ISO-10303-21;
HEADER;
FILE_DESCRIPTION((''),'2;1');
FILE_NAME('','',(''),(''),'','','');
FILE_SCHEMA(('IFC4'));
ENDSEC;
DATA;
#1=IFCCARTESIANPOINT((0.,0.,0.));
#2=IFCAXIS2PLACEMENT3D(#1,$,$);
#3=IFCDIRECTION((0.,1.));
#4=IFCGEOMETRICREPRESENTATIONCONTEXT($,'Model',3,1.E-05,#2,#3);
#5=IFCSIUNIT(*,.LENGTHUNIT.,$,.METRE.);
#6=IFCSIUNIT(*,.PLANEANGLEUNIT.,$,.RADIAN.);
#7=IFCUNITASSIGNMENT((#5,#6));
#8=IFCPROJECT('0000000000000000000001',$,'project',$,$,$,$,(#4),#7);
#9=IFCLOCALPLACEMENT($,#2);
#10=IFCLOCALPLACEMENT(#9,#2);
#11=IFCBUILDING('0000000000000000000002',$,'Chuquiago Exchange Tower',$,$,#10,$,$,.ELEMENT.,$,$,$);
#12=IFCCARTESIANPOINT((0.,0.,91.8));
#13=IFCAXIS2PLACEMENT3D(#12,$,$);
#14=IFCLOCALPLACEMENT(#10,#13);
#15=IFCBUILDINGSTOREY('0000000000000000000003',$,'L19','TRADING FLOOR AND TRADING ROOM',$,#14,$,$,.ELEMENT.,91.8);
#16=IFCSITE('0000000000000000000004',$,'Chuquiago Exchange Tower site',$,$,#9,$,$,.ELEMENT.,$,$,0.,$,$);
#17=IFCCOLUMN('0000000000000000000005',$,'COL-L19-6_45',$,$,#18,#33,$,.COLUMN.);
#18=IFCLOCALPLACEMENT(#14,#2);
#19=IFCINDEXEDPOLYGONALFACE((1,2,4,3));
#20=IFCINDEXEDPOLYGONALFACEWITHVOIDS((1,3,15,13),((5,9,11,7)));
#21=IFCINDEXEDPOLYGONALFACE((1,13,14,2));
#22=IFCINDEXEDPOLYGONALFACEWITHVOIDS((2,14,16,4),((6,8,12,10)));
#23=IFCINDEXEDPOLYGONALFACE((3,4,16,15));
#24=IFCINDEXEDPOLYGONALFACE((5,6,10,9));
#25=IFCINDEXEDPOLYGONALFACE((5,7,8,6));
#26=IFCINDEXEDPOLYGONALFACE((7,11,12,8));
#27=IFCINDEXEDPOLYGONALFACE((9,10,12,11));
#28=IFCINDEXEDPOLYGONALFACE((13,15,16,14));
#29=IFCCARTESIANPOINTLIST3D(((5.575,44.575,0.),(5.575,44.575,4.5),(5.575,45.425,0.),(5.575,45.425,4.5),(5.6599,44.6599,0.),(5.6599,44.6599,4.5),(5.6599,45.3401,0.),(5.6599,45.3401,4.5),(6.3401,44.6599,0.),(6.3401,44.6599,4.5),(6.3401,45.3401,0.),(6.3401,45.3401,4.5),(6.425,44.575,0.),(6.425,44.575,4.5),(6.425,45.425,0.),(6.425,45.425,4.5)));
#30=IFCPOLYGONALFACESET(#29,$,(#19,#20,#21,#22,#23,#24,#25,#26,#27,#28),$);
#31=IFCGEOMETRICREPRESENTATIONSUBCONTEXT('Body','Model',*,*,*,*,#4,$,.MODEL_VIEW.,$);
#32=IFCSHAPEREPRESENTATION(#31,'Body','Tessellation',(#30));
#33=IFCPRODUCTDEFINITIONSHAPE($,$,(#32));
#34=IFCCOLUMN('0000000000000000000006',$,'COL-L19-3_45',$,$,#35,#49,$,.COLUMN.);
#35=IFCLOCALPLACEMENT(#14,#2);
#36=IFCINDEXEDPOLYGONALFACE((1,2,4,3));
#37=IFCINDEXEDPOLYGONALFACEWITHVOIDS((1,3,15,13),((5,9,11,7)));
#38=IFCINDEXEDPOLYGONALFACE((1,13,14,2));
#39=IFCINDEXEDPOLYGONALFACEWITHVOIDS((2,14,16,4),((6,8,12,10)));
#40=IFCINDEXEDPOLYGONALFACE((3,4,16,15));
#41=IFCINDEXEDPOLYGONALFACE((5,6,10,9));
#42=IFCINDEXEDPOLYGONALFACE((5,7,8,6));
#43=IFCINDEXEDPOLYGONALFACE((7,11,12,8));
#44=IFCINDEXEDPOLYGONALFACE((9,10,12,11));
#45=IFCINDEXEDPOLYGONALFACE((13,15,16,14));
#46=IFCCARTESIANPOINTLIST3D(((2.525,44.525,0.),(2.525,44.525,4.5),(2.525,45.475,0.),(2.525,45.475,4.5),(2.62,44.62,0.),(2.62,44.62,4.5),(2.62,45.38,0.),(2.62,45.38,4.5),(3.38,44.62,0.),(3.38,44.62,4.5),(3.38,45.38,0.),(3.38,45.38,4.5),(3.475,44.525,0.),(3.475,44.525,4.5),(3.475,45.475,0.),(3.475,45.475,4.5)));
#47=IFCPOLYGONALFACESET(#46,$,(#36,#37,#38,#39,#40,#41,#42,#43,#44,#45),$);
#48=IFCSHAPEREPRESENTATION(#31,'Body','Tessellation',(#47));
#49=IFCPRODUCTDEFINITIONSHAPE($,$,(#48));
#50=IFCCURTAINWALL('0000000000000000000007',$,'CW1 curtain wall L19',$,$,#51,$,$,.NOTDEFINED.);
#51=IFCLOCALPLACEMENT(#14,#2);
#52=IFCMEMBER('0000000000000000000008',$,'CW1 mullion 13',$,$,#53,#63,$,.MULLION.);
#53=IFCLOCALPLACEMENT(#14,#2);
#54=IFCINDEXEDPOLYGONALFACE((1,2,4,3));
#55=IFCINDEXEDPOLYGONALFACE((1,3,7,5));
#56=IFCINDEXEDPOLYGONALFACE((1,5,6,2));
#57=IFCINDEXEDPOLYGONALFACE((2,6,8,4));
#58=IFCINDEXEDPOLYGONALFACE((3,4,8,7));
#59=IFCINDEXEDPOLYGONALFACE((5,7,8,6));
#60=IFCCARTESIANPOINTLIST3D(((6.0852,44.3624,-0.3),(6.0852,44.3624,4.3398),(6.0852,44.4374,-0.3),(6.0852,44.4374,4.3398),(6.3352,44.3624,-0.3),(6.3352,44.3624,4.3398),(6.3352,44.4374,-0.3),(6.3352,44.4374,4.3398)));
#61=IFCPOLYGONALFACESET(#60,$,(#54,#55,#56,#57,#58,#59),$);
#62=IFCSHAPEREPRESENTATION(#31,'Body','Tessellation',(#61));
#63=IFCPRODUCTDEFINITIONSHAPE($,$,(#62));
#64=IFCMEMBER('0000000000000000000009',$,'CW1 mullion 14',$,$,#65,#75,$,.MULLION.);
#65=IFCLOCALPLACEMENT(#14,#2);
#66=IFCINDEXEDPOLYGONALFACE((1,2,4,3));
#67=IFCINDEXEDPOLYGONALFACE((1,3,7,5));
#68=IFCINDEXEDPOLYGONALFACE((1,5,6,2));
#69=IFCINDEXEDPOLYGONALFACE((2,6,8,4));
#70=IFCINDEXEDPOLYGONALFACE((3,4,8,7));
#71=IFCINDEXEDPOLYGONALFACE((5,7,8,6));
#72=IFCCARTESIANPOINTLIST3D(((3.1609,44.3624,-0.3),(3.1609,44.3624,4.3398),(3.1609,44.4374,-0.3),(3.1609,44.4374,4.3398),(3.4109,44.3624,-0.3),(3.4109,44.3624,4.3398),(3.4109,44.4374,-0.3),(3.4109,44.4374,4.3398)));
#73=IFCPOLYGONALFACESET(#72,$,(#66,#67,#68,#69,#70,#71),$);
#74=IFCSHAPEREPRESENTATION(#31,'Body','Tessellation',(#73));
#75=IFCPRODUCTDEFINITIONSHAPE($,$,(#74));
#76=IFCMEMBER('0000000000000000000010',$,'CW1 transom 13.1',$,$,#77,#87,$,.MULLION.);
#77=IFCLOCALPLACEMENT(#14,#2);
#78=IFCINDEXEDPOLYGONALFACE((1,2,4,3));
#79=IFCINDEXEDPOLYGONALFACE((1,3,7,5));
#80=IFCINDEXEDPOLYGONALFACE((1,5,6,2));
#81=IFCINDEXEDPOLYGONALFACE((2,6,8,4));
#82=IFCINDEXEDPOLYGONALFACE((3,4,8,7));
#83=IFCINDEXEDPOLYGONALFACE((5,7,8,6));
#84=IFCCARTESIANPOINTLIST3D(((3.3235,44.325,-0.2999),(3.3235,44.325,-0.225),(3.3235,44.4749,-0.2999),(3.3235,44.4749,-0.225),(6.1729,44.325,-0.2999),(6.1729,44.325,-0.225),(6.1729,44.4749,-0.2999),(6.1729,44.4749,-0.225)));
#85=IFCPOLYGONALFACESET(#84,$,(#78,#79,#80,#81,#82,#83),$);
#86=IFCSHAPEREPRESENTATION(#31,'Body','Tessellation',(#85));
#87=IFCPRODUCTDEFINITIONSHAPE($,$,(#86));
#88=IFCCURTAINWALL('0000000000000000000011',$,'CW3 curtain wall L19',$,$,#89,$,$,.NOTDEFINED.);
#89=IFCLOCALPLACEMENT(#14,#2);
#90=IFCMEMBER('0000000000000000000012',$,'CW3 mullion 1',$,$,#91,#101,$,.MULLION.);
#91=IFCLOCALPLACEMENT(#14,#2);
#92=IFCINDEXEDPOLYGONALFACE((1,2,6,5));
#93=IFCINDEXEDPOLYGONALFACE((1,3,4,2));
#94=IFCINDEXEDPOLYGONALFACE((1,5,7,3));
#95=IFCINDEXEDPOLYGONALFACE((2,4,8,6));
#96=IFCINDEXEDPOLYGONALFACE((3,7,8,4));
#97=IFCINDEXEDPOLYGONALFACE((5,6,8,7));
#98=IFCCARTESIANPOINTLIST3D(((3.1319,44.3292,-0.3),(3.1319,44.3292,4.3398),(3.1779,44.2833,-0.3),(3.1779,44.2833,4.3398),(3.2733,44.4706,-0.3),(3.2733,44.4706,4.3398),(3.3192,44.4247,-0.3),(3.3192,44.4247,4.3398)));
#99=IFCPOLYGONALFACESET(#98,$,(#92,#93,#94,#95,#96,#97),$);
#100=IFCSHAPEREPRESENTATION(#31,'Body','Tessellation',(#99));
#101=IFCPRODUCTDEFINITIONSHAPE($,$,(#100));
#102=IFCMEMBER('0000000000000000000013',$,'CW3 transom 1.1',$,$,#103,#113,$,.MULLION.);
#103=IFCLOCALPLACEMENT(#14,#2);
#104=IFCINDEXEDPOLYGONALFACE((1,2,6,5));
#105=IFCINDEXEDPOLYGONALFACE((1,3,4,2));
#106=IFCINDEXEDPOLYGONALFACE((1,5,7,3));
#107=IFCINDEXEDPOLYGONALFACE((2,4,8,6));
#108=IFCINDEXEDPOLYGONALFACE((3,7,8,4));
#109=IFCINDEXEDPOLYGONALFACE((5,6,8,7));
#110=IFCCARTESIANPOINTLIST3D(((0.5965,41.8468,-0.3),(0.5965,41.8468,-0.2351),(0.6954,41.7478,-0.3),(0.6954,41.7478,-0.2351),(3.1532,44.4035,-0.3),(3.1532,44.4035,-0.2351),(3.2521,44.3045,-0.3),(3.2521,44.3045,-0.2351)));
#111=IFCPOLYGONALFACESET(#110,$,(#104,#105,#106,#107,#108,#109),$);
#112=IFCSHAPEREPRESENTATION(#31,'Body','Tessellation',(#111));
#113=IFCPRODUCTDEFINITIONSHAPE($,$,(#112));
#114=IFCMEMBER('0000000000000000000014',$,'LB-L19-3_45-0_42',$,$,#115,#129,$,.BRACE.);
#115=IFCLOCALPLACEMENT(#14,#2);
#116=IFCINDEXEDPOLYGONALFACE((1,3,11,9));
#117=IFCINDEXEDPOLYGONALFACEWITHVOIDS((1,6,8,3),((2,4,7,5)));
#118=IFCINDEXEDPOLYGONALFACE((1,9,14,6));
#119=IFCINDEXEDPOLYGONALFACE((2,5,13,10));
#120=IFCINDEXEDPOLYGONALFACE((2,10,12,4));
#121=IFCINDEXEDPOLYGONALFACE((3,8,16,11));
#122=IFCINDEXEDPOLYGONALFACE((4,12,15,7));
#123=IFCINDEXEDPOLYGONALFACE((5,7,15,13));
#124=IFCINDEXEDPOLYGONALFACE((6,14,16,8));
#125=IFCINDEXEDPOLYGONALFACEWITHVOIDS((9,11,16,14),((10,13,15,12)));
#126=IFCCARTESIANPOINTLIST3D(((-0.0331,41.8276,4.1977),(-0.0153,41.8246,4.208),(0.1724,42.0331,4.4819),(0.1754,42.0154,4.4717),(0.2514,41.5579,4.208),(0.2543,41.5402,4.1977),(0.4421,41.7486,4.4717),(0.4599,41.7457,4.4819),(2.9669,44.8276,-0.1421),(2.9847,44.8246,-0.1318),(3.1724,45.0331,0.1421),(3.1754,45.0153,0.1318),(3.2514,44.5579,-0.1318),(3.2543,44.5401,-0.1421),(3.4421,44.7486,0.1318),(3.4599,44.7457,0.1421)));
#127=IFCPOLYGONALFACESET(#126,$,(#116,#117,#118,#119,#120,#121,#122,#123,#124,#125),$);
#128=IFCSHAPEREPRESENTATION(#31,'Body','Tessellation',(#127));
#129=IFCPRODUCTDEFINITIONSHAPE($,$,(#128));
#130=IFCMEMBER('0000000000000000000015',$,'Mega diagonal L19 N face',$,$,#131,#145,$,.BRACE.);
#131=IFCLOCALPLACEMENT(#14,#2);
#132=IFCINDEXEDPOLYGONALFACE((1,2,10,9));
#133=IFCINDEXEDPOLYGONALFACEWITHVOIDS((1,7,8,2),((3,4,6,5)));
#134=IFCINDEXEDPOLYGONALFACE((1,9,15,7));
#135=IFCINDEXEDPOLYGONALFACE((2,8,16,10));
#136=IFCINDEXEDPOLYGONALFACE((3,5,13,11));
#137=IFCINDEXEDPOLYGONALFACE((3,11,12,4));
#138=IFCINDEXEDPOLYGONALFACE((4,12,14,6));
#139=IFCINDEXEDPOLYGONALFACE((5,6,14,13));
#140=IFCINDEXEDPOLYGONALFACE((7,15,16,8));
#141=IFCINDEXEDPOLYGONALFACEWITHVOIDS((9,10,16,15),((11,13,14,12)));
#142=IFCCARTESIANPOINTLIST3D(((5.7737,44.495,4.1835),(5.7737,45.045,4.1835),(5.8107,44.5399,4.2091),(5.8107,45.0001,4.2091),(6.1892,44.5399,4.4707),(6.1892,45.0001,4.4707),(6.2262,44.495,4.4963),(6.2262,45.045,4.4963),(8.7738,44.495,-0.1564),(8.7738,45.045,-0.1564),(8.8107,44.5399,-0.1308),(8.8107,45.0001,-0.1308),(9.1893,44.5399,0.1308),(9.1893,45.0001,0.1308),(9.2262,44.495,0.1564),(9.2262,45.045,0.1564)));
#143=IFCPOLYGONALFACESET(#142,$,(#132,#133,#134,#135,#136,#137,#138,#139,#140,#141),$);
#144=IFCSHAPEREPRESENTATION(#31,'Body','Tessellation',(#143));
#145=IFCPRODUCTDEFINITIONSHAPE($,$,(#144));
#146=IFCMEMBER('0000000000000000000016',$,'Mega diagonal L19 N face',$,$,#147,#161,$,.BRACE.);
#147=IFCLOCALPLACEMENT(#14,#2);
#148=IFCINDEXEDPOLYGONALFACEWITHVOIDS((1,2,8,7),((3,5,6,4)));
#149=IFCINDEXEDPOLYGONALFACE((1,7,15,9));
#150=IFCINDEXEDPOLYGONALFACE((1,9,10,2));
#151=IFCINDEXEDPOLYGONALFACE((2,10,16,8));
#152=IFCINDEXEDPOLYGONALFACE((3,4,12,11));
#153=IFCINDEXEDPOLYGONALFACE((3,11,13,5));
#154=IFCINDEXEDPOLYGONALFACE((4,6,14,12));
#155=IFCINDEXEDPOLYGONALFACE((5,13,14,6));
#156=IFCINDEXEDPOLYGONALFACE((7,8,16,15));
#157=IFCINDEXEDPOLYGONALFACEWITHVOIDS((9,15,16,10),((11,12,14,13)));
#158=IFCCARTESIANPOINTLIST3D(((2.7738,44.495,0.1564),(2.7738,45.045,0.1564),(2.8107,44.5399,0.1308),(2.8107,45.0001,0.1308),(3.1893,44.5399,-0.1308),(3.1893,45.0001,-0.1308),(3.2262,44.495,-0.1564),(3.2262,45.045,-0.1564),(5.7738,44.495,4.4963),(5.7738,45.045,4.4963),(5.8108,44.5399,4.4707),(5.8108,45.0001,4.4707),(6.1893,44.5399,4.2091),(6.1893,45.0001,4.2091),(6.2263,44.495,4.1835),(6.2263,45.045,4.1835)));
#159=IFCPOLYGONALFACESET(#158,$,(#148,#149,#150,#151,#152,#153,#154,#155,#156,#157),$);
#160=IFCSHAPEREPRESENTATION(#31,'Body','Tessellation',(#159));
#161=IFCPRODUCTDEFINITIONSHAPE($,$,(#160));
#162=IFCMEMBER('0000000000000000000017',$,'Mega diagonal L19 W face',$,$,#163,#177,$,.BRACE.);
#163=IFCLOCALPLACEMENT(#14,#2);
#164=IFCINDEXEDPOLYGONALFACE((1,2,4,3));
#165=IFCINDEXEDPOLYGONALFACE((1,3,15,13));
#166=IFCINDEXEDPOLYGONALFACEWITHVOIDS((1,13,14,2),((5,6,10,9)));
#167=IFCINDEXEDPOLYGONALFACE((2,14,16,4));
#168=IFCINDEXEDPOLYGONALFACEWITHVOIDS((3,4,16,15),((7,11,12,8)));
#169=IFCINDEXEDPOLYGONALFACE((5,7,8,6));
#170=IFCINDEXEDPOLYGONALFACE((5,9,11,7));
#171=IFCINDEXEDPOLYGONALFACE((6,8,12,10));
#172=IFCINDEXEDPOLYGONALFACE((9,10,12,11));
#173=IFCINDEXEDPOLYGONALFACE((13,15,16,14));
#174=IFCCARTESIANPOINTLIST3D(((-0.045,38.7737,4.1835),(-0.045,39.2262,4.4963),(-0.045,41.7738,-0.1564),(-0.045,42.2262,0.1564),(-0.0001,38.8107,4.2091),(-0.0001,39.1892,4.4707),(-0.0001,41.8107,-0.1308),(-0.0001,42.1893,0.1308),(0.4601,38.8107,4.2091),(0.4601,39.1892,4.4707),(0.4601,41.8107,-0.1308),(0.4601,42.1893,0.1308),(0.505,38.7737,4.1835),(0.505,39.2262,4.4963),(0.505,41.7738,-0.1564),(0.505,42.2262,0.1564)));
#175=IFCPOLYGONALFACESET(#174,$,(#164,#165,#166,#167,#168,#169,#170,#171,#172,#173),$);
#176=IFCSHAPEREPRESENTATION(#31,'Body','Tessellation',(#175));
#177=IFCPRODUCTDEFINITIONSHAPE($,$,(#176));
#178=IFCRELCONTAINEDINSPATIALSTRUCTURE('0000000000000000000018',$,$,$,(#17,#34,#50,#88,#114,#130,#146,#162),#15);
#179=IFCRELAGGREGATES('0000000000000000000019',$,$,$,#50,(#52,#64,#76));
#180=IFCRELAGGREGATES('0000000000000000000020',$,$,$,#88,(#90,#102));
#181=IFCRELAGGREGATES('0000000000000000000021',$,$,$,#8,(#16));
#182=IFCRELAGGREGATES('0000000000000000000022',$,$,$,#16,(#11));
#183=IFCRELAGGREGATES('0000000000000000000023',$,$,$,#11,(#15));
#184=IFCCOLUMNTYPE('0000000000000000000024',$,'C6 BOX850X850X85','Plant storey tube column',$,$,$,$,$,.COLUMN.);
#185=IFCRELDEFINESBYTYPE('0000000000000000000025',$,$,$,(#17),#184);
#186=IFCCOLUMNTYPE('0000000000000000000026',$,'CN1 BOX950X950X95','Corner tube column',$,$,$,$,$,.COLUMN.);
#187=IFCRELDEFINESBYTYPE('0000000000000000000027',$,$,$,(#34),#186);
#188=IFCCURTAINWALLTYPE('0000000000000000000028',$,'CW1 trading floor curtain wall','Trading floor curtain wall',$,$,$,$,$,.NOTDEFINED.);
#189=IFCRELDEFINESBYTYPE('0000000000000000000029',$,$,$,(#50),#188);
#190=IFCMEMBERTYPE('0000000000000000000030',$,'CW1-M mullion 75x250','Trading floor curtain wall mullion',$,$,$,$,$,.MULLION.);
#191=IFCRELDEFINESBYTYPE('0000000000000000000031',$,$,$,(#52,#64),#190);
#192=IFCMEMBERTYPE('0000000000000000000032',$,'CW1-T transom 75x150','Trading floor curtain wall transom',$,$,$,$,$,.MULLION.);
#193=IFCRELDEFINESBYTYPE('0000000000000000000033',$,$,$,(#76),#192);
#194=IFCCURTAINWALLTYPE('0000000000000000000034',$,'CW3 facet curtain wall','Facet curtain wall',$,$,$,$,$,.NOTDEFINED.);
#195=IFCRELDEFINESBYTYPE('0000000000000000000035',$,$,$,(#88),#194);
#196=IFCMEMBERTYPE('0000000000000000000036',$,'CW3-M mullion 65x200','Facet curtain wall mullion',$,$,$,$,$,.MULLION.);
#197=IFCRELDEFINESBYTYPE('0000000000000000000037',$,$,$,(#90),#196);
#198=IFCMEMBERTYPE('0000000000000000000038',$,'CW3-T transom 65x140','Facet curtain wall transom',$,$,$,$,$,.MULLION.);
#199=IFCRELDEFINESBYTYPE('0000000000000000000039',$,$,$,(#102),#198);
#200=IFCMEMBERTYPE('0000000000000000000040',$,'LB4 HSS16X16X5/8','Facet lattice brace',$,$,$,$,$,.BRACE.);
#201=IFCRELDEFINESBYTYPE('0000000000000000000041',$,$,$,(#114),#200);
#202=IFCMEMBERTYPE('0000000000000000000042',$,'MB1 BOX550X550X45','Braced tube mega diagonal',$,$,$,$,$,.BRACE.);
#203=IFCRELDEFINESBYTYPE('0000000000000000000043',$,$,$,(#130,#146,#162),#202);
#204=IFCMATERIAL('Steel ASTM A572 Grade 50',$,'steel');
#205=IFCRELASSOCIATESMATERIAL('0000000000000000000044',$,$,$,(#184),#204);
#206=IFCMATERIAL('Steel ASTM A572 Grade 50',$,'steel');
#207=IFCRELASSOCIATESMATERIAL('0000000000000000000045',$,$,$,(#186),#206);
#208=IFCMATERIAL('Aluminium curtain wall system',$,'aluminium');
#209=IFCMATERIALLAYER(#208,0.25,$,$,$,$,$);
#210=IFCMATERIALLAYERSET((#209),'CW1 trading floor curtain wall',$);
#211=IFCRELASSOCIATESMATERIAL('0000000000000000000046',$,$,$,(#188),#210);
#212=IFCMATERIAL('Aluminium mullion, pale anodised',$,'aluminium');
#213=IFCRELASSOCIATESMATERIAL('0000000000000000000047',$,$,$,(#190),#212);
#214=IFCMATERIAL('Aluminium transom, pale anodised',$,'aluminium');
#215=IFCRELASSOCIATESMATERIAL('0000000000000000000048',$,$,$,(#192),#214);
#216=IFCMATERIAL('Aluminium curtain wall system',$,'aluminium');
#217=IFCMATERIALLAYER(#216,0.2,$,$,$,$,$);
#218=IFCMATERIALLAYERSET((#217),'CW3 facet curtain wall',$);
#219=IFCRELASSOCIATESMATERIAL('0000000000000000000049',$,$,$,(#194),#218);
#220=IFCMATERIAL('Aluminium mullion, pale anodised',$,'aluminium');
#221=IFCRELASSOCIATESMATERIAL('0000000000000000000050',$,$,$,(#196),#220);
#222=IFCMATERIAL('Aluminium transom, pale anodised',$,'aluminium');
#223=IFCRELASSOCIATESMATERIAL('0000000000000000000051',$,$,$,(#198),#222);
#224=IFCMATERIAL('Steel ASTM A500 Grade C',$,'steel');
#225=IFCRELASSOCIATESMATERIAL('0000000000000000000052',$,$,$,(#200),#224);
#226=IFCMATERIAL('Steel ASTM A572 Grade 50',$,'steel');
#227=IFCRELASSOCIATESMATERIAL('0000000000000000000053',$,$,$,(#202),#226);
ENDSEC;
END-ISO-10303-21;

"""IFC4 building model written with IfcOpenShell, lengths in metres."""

from ifc_helpers import new_model, si_unit, direction, frame, origin, origin_2d, place, context, subcontext, project, spatial, rectangle, hollow_rectangle, extrude, material, layer, layer_set, material_profile, profile_set, type_object, element, aggregate, save


model = new_model("IFC4")

# Units and contexts
model_context = context("Model", 3, precision=1e-05, world=origin(), true_north=direction((0.0, 1.0)))
body_context = subcontext(model_context, "Body", "Model", "MODEL_VIEW")
ifc_project = project(units=[si_unit("LENGTHUNIT", "METRE"), si_unit("PLANEANGLEUNIT", "RADIAN")], contexts=[model_context])

# Site, building, storey
site_placement = place(None, origin())
site = spatial("IfcSite", under=ifc_project, at=site_placement, Name="Chuquiago Exchange Tower site", CompositionType="ELEMENT", RefElevation=0.0)
building_placement = place(site_placement, origin())
building = spatial("IfcBuilding", under=site, at=building_placement, Name="Chuquiago Exchange Tower", CompositionType="ELEMENT")
storey_placement = place(building_placement, frame((0.0, 0.0, 91.8)))
storey = spatial("IfcBuildingStorey", under=building, at=storey_placement, Name="L19", Description="TRADING FLOOR AND TRADING ROOM", CompositionType="ELEMENT", Elevation=91.8)

# Columns
ifc_material_1 = material(Name="Steel ASTM A572 Grade 50", Category="steel")
ifc_material_profile_1 = material_profile(ifc_material_1, hollow_rectangle(XDim=0.8501, YDim=0.8501, WallThickness=0.085, at=origin_2d()), Name="BOX850X850X85")
ifc_profile_set_1 = profile_set([ifc_material_profile_1], Name="Steel ASTM A572 Grade 50")
column_type_1 = type_object("IfcColumnType", Name="C6 BOX850X850X85", Description="Plant storey tube column", PredefinedType="COLUMN", material=ifc_profile_set_1)
column_1_placement = place(storey_placement, frame((6.0, 45.0, 0.0), z_axis=(0.0, 0.0, 1.0), x_axis=(0.0, 1.0, 0.0)))
element("IfcColumn", 1, at=column_1_placement, inside=storey, type_object=column_type_1, Name="COL-L19-6_45", PredefinedType="COLUMN", context=body_context, shape_type="SweptSolid", body=[
    extrude(hollow_rectangle(XDim=0.8501, YDim=0.8501, WallThickness=0.085, at=origin_2d()), origin(), (0.0, 0.0, 1.0), 4.5),
])
ifc_material_2 = material(Name="Steel ASTM A572 Grade 50", Category="steel")
ifc_material_profile_2 = material_profile(ifc_material_2, hollow_rectangle(XDim=0.95, YDim=0.95, WallThickness=0.095, at=origin_2d()), Name="BOX950X950X95")
ifc_profile_set_2 = profile_set([ifc_material_profile_2], Name="Steel ASTM A572 Grade 50")
column_type_2 = type_object("IfcColumnType", Name="CN1 BOX950X950X95", Description="Corner tube column", PredefinedType="COLUMN", material=ifc_profile_set_2)
column_2_placement = place(storey_placement, frame((3.0, 45.0, 0.0), z_axis=(0.0, 0.0, 1.0), x_axis=(0.0, 1.0, 0.0)))
element("IfcColumn", 2, at=column_2_placement, inside=storey, type_object=column_type_2, Name="COL-L19-3_45", PredefinedType="COLUMN", context=body_context, shape_type="SweptSolid", body=[
    extrude(hollow_rectangle(XDim=0.95, YDim=0.95, WallThickness=0.095, at=origin_2d()), origin(), (0.0, 0.0, 1.0), 4.5),
])

# Curtain walls, members
ifc_material_3 = material(Name="Aluminium curtain wall system", Category="aluminium")
ifc_layer_1 = layer(ifc_material_3, 0.25)
ifc_layer_set_1 = layer_set([ifc_layer_1], Name="CW1 trading floor curtain wall")
curtain_wall_type_1 = type_object("IfcCurtainWallType", Name="CW1 trading floor curtain wall", Description="Trading floor curtain wall", PredefinedType="NOTDEFINED", material=ifc_layer_set_1)
curtain_wall_1_placement = place(storey_placement, origin())
curtain_wall_1 = element("IfcCurtainWall", 3, at=curtain_wall_1_placement, inside=storey, type_object=curtain_wall_type_1, Name="CW1 curtain wall L19", PredefinedType="NOTDEFINED")
ifc_material_4 = material(Name="Aluminium mullion, pale anodised", Category="aluminium")
ifc_material_profile_3 = material_profile(ifc_material_4, rectangle(XDim=0.075, YDim=0.25, at=origin_2d()), Name="AL 75x250")
ifc_profile_set_3 = profile_set([ifc_material_profile_3], Name="Aluminium mullion, pale anodised")
member_type_1 = type_object("IfcMemberType", Name="CW1-M mullion 75x250", Description="Trading floor curtain wall mullion", PredefinedType="MULLION", material=ifc_profile_set_3)
member_1_placement = place(storey_placement, frame((6.2102, 44.3999, -0.3), z_axis=(0.0, 0.0, 1.0), x_axis=(0.0, -1.0, 0.0)))
member_1 = element("IfcMember", 4, at=member_1_placement, type_object=member_type_1, Name="CW1 mullion 13", PredefinedType="MULLION", context=body_context, shape_type="SweptSolid", body=[
    extrude(rectangle(XDim=0.075, YDim=0.25, at=origin_2d()), origin(), (0.0, 0.0, 1.0), 4.6399),
])
member_2_placement = place(storey_placement, frame((3.2859, 44.3999, -0.3), z_axis=(0.0, 0.0, 1.0), x_axis=(0.0, -1.0, 0.0)))
member_2 = element("IfcMember", 5, at=member_2_placement, type_object=member_type_1, Name="CW1 mullion 14", PredefinedType="MULLION", context=body_context, shape_type="SweptSolid", body=[
    extrude(rectangle(XDim=0.075, YDim=0.25, at=origin_2d()), origin(), (0.0, 0.0, 1.0), 4.6399),
])
ifc_material_5 = material(Name="Aluminium transom, pale anodised", Category="aluminium")
ifc_material_profile_4 = material_profile(ifc_material_5, rectangle(XDim=0.1499, YDim=0.075, at=origin_2d()), Name="AL 150x75")
ifc_profile_set_4 = profile_set([ifc_material_profile_4], Name="Aluminium transom, pale anodised")
member_type_2 = type_object("IfcMemberType", Name="CW1-T transom 75x150", Description="Trading floor curtain wall transom", PredefinedType="MULLION", material=ifc_profile_set_4)
member_3_placement = place(storey_placement, frame((6.1729, 44.3999, -0.2625), z_axis=(-1.0, 0.0, 0.0), x_axis=(0.0, -1.0, 0.0)))
member_3 = element("IfcMember", 6, at=member_3_placement, type_object=member_type_2, Name="CW1 transom 13.1", PredefinedType="MULLION", context=body_context, shape_type="SweptSolid", body=[
    extrude(rectangle(XDim=0.1499, YDim=0.075, at=origin_2d()), origin(), (0.0, 0.0, 1.0), 2.8494),
])
ifc_material_6 = material(Name="Aluminium curtain wall system", Category="aluminium")
ifc_layer_2 = layer(ifc_material_6, 0.2)
ifc_layer_set_2 = layer_set([ifc_layer_2], Name="CW3 facet curtain wall")
curtain_wall_type_2 = type_object("IfcCurtainWallType", Name="CW3 facet curtain wall", Description="Facet curtain wall", PredefinedType="NOTDEFINED", material=ifc_layer_set_2)
curtain_wall_2_placement = place(storey_placement, origin())
curtain_wall_2 = element("IfcCurtainWall", 7, at=curtain_wall_2_placement, inside=storey, type_object=curtain_wall_type_2, Name="CW3 curtain wall L19", PredefinedType="NOTDEFINED")
ifc_material_7 = material(Name="Aluminium mullion, pale anodised", Category="aluminium")
ifc_material_profile_5 = material_profile(ifc_material_7, rectangle(XDim=0.0649, YDim=0.2, at=origin_2d()), Name="AL 65x200")
ifc_profile_set_5 = profile_set([ifc_material_profile_5], Name="Aluminium mullion, pale anodised")
member_type_3 = type_object("IfcMemberType", Name="CW3-M mullion 65x200", Description="Facet curtain wall mullion", PredefinedType="MULLION", material=ifc_profile_set_5)
member_4_placement = place(storey_placement, frame((3.2256, 44.377, -0.3), z_axis=(0.0, 0.0, 1.0), x_axis=(0.707107, -0.707107, 0.0)))
member_4 = element("IfcMember", 8, at=member_4_placement, type_object=member_type_3, Name="CW3 mullion 1", PredefinedType="MULLION", context=body_context, shape_type="SweptSolid", body=[
    extrude(rectangle(XDim=0.0649, YDim=0.2, at=origin_2d()), origin(), (0.0, 0.0, 1.0), 4.6399),
])
ifc_material_8 = material(Name="Aluminium transom, pale anodised", Category="aluminium")
ifc_material_profile_6 = material_profile(ifc_material_8, rectangle(XDim=0.1399, YDim=0.0649, at=origin_2d()), Name="AL 140x65")
ifc_profile_set_6 = profile_set([ifc_material_profile_6], Name="Aluminium transom, pale anodised")
member_type_4 = type_object("IfcMemberType", Name="CW3-T transom 65x140", Description="Facet curtain wall transom", PredefinedType="MULLION", material=ifc_profile_set_6)
member_5_placement = place(storey_placement, frame((3.2026, 44.354, -0.2676), z_axis=(-0.707107, -0.707107, 0.0), x_axis=(0.707107, -0.707107, 0.0)))
member_5 = element("IfcMember", 9, at=member_5_placement, type_object=member_type_4, Name="CW3 transom 1.1", PredefinedType="MULLION", context=body_context, shape_type="SweptSolid", body=[
    extrude(rectangle(XDim=0.1399, YDim=0.0649, at=origin_2d()), origin(), (0.0, 0.0, 1.0), 3.6157),
])

# Members
ifc_material_9 = material(Name="Steel ASTM A500 Grade C", Category="steel")
ifc_material_profile_7 = material_profile(ifc_material_9, hollow_rectangle(XDim=0.4065, YDim=0.4065, WallThickness=0.0146, at=origin_2d()), Name="HSS16X16X5/8")
ifc_profile_set_7 = profile_set([ifc_material_profile_7], Name="Steel ASTM A500 Grade C")
member_type_5 = type_object("IfcMemberType", Name="LB4 HSS16X16X5/8", Description="Facet lattice brace", PredefinedType="BRACE", material=ifc_profile_set_7)
member_6_placement = place(storey_placement, frame((3.2134, 44.7866, 0.0), z_axis=(-0.494305, -0.494305, 0.715069), x_axis=(0.707107, -0.707107, 0.0)))
element("IfcMember", 10, at=member_6_placement, inside=storey, type_object=member_type_5, Name="LB-L19-3_45-0_42", PredefinedType="BRACE", context=body_context, shape_type="SweptSolid", body=[
    extrude(hollow_rectangle(XDim=0.4065, YDim=0.4065, WallThickness=0.0146, at=origin_2d()), origin(), (0.0, 0.0, 1.0), 6.0691),
])
ifc_material_10 = material(Name="Steel ASTM A572 Grade 50", Category="steel")
ifc_material_profile_8 = material_profile(ifc_material_10, hollow_rectangle(XDim=0.55, YDim=0.55, WallThickness=0.0449, at=origin_2d()), Name="BOX550X550X45")
ifc_profile_set_8 = profile_set([ifc_material_profile_8], Name="Steel ASTM A572 Grade 50")
member_type_6 = type_object("IfcMemberType", Name="MB1 BOX550X550X45", Description="Braced tube mega diagonal", PredefinedType="BRACE", material=ifc_profile_set_8)
for number, where, z_axis, x_axis, name in (
    (11, (9.0, 44.77, 0.0), (-0.568632, 0.0, 0.822592), (0.0, -1.0, 0.0), "Mega diagonal L19 N face"),
    (12, (3.0, 44.77, 0.0), (0.568632, 0.0, 0.822592), (0.0, 1.0, 0.0), "Mega diagonal L19 N face"),
    (13, (0.23, 42.0, 0.0), (0.0, -0.568632, 0.822592), (1.0, 0.0, 0.0), "Mega diagonal L19 W face"),
):
    element("IfcMember", number, at=place(storey_placement, frame(where, z_axis=z_axis, x_axis=x_axis)), inside=storey, type_object=member_type_6, Name=name, PredefinedType="BRACE", context=body_context, shape_type="SweptSolid", body=[
        extrude(hollow_rectangle(XDim=0.55, YDim=0.55, WallThickness=0.0449, at=origin_2d()), origin(), (0.0, 0.0, 1.0), 5.2759),
    ])

aggregate(curtain_wall_1, [member_1, member_2, member_3])
aggregate(curtain_wall_2, [member_4, member_5])

save(model, "model.ifc")
